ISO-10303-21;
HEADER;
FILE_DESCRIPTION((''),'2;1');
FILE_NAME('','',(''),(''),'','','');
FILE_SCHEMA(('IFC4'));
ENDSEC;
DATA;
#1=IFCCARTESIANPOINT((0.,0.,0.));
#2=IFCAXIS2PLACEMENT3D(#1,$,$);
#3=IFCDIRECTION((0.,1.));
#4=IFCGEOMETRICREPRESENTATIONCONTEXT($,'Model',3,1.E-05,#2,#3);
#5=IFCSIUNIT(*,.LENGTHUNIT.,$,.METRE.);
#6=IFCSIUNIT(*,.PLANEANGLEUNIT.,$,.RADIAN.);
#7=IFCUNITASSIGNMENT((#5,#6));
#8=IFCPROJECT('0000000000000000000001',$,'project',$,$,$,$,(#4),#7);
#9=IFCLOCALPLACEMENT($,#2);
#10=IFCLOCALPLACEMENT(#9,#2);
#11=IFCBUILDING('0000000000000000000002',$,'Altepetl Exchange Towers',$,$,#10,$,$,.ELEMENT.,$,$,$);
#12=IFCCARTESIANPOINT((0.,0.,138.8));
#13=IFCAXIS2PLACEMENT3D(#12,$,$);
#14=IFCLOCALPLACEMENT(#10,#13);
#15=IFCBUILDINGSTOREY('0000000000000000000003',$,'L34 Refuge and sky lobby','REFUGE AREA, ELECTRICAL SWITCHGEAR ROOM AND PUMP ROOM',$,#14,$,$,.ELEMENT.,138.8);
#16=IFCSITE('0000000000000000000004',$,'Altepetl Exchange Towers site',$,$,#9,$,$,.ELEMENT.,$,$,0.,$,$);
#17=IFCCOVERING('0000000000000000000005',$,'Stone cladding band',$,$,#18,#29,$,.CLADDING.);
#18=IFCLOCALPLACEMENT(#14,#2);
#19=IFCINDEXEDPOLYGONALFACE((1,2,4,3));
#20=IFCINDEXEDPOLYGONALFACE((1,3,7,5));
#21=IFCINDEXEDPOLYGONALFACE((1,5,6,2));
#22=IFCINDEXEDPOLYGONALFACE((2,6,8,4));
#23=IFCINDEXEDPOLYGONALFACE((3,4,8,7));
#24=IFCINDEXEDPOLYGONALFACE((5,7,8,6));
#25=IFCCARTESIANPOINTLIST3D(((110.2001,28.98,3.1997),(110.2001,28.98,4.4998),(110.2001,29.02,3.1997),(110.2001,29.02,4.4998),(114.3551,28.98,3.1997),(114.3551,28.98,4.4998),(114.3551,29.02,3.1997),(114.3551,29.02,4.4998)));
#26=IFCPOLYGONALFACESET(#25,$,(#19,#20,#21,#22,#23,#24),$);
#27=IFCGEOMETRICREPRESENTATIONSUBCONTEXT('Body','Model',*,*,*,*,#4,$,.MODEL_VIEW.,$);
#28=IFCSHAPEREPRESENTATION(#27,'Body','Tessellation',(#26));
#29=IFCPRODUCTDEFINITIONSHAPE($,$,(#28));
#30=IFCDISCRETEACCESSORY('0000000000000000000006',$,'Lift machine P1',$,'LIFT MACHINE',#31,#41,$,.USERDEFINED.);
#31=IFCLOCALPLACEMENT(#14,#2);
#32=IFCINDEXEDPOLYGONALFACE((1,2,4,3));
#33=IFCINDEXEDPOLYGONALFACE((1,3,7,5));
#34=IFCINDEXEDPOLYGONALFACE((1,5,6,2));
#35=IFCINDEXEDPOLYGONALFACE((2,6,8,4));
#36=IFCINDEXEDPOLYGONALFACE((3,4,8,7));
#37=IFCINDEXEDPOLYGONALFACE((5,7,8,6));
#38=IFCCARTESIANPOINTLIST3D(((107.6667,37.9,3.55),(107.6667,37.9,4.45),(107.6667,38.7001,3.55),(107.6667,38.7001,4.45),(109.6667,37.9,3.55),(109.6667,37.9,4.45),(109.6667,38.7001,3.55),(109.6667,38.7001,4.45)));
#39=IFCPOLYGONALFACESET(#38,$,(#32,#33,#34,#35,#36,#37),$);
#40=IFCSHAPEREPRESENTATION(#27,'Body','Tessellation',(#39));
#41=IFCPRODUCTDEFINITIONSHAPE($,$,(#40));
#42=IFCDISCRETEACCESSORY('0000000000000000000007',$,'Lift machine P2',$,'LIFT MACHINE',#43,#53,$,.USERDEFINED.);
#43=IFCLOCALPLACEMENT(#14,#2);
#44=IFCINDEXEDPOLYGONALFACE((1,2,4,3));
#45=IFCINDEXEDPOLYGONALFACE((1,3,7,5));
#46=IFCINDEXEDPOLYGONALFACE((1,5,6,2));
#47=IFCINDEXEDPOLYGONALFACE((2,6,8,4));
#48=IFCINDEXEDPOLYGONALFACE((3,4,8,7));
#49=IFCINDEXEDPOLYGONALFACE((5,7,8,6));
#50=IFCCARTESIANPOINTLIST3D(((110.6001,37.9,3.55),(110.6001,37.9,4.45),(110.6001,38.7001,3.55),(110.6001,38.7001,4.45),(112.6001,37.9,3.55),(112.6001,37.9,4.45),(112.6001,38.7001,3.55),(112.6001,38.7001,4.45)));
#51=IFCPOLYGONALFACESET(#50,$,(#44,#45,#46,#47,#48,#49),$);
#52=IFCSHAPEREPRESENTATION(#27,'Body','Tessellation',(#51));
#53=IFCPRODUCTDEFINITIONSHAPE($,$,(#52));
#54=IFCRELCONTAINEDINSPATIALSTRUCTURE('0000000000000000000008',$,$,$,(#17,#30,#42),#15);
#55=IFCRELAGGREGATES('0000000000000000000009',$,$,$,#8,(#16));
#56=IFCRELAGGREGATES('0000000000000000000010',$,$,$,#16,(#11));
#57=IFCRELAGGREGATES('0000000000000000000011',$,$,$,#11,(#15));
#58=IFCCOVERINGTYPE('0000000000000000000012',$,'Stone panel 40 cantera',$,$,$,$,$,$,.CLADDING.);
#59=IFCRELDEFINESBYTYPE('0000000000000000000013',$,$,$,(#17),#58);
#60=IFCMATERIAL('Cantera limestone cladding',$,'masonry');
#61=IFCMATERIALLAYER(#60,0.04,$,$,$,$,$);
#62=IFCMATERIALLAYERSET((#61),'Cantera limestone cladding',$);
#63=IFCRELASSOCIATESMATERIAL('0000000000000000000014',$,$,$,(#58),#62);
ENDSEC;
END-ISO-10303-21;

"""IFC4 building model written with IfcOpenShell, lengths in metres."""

from ifc_helpers import new_model, si_unit, direction, frame, origin, origin_2d, place, context, subcontext, project, spatial, rectangle, extrude, material, layer, layer_set, type_object, element, save


model = new_model("IFC4")

# Units and contexts
model_context = context("Model", 3, precision=1e-05, world=origin(), true_north=direction((0.0, 1.0)))
body_context = subcontext(model_context, "Body", "Model", "MODEL_VIEW")
ifc_project = project(units=[si_unit("LENGTHUNIT", "METRE"), si_unit("PLANEANGLEUNIT", "RADIAN")], contexts=[model_context])

# Site, building, storey
site_placement = place(None, origin())
site = spatial("IfcSite", under=ifc_project, at=site_placement, Name="Altepetl Exchange Towers site", CompositionType="ELEMENT", RefElevation=0.0)
building_placement = place(site_placement, origin())
building = spatial("IfcBuilding", under=site, at=building_placement, Name="Altepetl Exchange Towers", CompositionType="ELEMENT")
storey_placement = place(building_placement, frame((0.0, 0.0, 138.8)))
storey = spatial("IfcBuildingStorey", under=building, at=storey_placement, Name="L34 Refuge and sky lobby", Description="REFUGE AREA, ELECTRICAL SWITCHGEAR ROOM AND PUMP ROOM", CompositionType="ELEMENT", Elevation=138.8)

# Shared definitions
ifc_material_1 = material(Name="Cantera limestone cladding", Category="masonry")

# Covering
ifc_layer_1 = layer(ifc_material_1, 0.04)
ifc_layer_set_1 = layer_set([ifc_layer_1], Name="Cantera limestone cladding")
covering_type = type_object("IfcCoveringType", Name="Stone panel 40 cantera", PredefinedType="CLADDING", material=ifc_layer_set_1)
covering_placement = place(storey_placement, frame((112.2776, 29.0, 3.1997)))
element("IfcCovering", 1, at=covering_placement, inside=storey, type_object=covering_type, Name="Stone cladding band", PredefinedType="CLADDING", context=body_context, shape_type="SweptSolid", body=[
    extrude(rectangle(XDim=4.155, YDim=0.04, at=origin_2d()), origin(), (0.0, 0.0, 1.0), 1.3),
])

# Discrete accessories
for number, where, name in (
    (2, (108.6667, 38.3, 3.55), "Lift machine P1"),
    (3, (111.6001, 38.3, 3.55), "Lift machine P2"),
):
    element("IfcDiscreteAccessory", number, at=place(storey_placement, frame(where)), inside=storey, Name=name, ObjectType="LIFT MACHINE", PredefinedType="USERDEFINED", context=body_context, shape_type="SweptSolid", body=[
        extrude(rectangle(XDim=2.0, YDim=0.8, at=origin_2d()), origin(), (0.0, 0.0, 1.0), 0.8999),
    ])

save(model, "model.ifc")
